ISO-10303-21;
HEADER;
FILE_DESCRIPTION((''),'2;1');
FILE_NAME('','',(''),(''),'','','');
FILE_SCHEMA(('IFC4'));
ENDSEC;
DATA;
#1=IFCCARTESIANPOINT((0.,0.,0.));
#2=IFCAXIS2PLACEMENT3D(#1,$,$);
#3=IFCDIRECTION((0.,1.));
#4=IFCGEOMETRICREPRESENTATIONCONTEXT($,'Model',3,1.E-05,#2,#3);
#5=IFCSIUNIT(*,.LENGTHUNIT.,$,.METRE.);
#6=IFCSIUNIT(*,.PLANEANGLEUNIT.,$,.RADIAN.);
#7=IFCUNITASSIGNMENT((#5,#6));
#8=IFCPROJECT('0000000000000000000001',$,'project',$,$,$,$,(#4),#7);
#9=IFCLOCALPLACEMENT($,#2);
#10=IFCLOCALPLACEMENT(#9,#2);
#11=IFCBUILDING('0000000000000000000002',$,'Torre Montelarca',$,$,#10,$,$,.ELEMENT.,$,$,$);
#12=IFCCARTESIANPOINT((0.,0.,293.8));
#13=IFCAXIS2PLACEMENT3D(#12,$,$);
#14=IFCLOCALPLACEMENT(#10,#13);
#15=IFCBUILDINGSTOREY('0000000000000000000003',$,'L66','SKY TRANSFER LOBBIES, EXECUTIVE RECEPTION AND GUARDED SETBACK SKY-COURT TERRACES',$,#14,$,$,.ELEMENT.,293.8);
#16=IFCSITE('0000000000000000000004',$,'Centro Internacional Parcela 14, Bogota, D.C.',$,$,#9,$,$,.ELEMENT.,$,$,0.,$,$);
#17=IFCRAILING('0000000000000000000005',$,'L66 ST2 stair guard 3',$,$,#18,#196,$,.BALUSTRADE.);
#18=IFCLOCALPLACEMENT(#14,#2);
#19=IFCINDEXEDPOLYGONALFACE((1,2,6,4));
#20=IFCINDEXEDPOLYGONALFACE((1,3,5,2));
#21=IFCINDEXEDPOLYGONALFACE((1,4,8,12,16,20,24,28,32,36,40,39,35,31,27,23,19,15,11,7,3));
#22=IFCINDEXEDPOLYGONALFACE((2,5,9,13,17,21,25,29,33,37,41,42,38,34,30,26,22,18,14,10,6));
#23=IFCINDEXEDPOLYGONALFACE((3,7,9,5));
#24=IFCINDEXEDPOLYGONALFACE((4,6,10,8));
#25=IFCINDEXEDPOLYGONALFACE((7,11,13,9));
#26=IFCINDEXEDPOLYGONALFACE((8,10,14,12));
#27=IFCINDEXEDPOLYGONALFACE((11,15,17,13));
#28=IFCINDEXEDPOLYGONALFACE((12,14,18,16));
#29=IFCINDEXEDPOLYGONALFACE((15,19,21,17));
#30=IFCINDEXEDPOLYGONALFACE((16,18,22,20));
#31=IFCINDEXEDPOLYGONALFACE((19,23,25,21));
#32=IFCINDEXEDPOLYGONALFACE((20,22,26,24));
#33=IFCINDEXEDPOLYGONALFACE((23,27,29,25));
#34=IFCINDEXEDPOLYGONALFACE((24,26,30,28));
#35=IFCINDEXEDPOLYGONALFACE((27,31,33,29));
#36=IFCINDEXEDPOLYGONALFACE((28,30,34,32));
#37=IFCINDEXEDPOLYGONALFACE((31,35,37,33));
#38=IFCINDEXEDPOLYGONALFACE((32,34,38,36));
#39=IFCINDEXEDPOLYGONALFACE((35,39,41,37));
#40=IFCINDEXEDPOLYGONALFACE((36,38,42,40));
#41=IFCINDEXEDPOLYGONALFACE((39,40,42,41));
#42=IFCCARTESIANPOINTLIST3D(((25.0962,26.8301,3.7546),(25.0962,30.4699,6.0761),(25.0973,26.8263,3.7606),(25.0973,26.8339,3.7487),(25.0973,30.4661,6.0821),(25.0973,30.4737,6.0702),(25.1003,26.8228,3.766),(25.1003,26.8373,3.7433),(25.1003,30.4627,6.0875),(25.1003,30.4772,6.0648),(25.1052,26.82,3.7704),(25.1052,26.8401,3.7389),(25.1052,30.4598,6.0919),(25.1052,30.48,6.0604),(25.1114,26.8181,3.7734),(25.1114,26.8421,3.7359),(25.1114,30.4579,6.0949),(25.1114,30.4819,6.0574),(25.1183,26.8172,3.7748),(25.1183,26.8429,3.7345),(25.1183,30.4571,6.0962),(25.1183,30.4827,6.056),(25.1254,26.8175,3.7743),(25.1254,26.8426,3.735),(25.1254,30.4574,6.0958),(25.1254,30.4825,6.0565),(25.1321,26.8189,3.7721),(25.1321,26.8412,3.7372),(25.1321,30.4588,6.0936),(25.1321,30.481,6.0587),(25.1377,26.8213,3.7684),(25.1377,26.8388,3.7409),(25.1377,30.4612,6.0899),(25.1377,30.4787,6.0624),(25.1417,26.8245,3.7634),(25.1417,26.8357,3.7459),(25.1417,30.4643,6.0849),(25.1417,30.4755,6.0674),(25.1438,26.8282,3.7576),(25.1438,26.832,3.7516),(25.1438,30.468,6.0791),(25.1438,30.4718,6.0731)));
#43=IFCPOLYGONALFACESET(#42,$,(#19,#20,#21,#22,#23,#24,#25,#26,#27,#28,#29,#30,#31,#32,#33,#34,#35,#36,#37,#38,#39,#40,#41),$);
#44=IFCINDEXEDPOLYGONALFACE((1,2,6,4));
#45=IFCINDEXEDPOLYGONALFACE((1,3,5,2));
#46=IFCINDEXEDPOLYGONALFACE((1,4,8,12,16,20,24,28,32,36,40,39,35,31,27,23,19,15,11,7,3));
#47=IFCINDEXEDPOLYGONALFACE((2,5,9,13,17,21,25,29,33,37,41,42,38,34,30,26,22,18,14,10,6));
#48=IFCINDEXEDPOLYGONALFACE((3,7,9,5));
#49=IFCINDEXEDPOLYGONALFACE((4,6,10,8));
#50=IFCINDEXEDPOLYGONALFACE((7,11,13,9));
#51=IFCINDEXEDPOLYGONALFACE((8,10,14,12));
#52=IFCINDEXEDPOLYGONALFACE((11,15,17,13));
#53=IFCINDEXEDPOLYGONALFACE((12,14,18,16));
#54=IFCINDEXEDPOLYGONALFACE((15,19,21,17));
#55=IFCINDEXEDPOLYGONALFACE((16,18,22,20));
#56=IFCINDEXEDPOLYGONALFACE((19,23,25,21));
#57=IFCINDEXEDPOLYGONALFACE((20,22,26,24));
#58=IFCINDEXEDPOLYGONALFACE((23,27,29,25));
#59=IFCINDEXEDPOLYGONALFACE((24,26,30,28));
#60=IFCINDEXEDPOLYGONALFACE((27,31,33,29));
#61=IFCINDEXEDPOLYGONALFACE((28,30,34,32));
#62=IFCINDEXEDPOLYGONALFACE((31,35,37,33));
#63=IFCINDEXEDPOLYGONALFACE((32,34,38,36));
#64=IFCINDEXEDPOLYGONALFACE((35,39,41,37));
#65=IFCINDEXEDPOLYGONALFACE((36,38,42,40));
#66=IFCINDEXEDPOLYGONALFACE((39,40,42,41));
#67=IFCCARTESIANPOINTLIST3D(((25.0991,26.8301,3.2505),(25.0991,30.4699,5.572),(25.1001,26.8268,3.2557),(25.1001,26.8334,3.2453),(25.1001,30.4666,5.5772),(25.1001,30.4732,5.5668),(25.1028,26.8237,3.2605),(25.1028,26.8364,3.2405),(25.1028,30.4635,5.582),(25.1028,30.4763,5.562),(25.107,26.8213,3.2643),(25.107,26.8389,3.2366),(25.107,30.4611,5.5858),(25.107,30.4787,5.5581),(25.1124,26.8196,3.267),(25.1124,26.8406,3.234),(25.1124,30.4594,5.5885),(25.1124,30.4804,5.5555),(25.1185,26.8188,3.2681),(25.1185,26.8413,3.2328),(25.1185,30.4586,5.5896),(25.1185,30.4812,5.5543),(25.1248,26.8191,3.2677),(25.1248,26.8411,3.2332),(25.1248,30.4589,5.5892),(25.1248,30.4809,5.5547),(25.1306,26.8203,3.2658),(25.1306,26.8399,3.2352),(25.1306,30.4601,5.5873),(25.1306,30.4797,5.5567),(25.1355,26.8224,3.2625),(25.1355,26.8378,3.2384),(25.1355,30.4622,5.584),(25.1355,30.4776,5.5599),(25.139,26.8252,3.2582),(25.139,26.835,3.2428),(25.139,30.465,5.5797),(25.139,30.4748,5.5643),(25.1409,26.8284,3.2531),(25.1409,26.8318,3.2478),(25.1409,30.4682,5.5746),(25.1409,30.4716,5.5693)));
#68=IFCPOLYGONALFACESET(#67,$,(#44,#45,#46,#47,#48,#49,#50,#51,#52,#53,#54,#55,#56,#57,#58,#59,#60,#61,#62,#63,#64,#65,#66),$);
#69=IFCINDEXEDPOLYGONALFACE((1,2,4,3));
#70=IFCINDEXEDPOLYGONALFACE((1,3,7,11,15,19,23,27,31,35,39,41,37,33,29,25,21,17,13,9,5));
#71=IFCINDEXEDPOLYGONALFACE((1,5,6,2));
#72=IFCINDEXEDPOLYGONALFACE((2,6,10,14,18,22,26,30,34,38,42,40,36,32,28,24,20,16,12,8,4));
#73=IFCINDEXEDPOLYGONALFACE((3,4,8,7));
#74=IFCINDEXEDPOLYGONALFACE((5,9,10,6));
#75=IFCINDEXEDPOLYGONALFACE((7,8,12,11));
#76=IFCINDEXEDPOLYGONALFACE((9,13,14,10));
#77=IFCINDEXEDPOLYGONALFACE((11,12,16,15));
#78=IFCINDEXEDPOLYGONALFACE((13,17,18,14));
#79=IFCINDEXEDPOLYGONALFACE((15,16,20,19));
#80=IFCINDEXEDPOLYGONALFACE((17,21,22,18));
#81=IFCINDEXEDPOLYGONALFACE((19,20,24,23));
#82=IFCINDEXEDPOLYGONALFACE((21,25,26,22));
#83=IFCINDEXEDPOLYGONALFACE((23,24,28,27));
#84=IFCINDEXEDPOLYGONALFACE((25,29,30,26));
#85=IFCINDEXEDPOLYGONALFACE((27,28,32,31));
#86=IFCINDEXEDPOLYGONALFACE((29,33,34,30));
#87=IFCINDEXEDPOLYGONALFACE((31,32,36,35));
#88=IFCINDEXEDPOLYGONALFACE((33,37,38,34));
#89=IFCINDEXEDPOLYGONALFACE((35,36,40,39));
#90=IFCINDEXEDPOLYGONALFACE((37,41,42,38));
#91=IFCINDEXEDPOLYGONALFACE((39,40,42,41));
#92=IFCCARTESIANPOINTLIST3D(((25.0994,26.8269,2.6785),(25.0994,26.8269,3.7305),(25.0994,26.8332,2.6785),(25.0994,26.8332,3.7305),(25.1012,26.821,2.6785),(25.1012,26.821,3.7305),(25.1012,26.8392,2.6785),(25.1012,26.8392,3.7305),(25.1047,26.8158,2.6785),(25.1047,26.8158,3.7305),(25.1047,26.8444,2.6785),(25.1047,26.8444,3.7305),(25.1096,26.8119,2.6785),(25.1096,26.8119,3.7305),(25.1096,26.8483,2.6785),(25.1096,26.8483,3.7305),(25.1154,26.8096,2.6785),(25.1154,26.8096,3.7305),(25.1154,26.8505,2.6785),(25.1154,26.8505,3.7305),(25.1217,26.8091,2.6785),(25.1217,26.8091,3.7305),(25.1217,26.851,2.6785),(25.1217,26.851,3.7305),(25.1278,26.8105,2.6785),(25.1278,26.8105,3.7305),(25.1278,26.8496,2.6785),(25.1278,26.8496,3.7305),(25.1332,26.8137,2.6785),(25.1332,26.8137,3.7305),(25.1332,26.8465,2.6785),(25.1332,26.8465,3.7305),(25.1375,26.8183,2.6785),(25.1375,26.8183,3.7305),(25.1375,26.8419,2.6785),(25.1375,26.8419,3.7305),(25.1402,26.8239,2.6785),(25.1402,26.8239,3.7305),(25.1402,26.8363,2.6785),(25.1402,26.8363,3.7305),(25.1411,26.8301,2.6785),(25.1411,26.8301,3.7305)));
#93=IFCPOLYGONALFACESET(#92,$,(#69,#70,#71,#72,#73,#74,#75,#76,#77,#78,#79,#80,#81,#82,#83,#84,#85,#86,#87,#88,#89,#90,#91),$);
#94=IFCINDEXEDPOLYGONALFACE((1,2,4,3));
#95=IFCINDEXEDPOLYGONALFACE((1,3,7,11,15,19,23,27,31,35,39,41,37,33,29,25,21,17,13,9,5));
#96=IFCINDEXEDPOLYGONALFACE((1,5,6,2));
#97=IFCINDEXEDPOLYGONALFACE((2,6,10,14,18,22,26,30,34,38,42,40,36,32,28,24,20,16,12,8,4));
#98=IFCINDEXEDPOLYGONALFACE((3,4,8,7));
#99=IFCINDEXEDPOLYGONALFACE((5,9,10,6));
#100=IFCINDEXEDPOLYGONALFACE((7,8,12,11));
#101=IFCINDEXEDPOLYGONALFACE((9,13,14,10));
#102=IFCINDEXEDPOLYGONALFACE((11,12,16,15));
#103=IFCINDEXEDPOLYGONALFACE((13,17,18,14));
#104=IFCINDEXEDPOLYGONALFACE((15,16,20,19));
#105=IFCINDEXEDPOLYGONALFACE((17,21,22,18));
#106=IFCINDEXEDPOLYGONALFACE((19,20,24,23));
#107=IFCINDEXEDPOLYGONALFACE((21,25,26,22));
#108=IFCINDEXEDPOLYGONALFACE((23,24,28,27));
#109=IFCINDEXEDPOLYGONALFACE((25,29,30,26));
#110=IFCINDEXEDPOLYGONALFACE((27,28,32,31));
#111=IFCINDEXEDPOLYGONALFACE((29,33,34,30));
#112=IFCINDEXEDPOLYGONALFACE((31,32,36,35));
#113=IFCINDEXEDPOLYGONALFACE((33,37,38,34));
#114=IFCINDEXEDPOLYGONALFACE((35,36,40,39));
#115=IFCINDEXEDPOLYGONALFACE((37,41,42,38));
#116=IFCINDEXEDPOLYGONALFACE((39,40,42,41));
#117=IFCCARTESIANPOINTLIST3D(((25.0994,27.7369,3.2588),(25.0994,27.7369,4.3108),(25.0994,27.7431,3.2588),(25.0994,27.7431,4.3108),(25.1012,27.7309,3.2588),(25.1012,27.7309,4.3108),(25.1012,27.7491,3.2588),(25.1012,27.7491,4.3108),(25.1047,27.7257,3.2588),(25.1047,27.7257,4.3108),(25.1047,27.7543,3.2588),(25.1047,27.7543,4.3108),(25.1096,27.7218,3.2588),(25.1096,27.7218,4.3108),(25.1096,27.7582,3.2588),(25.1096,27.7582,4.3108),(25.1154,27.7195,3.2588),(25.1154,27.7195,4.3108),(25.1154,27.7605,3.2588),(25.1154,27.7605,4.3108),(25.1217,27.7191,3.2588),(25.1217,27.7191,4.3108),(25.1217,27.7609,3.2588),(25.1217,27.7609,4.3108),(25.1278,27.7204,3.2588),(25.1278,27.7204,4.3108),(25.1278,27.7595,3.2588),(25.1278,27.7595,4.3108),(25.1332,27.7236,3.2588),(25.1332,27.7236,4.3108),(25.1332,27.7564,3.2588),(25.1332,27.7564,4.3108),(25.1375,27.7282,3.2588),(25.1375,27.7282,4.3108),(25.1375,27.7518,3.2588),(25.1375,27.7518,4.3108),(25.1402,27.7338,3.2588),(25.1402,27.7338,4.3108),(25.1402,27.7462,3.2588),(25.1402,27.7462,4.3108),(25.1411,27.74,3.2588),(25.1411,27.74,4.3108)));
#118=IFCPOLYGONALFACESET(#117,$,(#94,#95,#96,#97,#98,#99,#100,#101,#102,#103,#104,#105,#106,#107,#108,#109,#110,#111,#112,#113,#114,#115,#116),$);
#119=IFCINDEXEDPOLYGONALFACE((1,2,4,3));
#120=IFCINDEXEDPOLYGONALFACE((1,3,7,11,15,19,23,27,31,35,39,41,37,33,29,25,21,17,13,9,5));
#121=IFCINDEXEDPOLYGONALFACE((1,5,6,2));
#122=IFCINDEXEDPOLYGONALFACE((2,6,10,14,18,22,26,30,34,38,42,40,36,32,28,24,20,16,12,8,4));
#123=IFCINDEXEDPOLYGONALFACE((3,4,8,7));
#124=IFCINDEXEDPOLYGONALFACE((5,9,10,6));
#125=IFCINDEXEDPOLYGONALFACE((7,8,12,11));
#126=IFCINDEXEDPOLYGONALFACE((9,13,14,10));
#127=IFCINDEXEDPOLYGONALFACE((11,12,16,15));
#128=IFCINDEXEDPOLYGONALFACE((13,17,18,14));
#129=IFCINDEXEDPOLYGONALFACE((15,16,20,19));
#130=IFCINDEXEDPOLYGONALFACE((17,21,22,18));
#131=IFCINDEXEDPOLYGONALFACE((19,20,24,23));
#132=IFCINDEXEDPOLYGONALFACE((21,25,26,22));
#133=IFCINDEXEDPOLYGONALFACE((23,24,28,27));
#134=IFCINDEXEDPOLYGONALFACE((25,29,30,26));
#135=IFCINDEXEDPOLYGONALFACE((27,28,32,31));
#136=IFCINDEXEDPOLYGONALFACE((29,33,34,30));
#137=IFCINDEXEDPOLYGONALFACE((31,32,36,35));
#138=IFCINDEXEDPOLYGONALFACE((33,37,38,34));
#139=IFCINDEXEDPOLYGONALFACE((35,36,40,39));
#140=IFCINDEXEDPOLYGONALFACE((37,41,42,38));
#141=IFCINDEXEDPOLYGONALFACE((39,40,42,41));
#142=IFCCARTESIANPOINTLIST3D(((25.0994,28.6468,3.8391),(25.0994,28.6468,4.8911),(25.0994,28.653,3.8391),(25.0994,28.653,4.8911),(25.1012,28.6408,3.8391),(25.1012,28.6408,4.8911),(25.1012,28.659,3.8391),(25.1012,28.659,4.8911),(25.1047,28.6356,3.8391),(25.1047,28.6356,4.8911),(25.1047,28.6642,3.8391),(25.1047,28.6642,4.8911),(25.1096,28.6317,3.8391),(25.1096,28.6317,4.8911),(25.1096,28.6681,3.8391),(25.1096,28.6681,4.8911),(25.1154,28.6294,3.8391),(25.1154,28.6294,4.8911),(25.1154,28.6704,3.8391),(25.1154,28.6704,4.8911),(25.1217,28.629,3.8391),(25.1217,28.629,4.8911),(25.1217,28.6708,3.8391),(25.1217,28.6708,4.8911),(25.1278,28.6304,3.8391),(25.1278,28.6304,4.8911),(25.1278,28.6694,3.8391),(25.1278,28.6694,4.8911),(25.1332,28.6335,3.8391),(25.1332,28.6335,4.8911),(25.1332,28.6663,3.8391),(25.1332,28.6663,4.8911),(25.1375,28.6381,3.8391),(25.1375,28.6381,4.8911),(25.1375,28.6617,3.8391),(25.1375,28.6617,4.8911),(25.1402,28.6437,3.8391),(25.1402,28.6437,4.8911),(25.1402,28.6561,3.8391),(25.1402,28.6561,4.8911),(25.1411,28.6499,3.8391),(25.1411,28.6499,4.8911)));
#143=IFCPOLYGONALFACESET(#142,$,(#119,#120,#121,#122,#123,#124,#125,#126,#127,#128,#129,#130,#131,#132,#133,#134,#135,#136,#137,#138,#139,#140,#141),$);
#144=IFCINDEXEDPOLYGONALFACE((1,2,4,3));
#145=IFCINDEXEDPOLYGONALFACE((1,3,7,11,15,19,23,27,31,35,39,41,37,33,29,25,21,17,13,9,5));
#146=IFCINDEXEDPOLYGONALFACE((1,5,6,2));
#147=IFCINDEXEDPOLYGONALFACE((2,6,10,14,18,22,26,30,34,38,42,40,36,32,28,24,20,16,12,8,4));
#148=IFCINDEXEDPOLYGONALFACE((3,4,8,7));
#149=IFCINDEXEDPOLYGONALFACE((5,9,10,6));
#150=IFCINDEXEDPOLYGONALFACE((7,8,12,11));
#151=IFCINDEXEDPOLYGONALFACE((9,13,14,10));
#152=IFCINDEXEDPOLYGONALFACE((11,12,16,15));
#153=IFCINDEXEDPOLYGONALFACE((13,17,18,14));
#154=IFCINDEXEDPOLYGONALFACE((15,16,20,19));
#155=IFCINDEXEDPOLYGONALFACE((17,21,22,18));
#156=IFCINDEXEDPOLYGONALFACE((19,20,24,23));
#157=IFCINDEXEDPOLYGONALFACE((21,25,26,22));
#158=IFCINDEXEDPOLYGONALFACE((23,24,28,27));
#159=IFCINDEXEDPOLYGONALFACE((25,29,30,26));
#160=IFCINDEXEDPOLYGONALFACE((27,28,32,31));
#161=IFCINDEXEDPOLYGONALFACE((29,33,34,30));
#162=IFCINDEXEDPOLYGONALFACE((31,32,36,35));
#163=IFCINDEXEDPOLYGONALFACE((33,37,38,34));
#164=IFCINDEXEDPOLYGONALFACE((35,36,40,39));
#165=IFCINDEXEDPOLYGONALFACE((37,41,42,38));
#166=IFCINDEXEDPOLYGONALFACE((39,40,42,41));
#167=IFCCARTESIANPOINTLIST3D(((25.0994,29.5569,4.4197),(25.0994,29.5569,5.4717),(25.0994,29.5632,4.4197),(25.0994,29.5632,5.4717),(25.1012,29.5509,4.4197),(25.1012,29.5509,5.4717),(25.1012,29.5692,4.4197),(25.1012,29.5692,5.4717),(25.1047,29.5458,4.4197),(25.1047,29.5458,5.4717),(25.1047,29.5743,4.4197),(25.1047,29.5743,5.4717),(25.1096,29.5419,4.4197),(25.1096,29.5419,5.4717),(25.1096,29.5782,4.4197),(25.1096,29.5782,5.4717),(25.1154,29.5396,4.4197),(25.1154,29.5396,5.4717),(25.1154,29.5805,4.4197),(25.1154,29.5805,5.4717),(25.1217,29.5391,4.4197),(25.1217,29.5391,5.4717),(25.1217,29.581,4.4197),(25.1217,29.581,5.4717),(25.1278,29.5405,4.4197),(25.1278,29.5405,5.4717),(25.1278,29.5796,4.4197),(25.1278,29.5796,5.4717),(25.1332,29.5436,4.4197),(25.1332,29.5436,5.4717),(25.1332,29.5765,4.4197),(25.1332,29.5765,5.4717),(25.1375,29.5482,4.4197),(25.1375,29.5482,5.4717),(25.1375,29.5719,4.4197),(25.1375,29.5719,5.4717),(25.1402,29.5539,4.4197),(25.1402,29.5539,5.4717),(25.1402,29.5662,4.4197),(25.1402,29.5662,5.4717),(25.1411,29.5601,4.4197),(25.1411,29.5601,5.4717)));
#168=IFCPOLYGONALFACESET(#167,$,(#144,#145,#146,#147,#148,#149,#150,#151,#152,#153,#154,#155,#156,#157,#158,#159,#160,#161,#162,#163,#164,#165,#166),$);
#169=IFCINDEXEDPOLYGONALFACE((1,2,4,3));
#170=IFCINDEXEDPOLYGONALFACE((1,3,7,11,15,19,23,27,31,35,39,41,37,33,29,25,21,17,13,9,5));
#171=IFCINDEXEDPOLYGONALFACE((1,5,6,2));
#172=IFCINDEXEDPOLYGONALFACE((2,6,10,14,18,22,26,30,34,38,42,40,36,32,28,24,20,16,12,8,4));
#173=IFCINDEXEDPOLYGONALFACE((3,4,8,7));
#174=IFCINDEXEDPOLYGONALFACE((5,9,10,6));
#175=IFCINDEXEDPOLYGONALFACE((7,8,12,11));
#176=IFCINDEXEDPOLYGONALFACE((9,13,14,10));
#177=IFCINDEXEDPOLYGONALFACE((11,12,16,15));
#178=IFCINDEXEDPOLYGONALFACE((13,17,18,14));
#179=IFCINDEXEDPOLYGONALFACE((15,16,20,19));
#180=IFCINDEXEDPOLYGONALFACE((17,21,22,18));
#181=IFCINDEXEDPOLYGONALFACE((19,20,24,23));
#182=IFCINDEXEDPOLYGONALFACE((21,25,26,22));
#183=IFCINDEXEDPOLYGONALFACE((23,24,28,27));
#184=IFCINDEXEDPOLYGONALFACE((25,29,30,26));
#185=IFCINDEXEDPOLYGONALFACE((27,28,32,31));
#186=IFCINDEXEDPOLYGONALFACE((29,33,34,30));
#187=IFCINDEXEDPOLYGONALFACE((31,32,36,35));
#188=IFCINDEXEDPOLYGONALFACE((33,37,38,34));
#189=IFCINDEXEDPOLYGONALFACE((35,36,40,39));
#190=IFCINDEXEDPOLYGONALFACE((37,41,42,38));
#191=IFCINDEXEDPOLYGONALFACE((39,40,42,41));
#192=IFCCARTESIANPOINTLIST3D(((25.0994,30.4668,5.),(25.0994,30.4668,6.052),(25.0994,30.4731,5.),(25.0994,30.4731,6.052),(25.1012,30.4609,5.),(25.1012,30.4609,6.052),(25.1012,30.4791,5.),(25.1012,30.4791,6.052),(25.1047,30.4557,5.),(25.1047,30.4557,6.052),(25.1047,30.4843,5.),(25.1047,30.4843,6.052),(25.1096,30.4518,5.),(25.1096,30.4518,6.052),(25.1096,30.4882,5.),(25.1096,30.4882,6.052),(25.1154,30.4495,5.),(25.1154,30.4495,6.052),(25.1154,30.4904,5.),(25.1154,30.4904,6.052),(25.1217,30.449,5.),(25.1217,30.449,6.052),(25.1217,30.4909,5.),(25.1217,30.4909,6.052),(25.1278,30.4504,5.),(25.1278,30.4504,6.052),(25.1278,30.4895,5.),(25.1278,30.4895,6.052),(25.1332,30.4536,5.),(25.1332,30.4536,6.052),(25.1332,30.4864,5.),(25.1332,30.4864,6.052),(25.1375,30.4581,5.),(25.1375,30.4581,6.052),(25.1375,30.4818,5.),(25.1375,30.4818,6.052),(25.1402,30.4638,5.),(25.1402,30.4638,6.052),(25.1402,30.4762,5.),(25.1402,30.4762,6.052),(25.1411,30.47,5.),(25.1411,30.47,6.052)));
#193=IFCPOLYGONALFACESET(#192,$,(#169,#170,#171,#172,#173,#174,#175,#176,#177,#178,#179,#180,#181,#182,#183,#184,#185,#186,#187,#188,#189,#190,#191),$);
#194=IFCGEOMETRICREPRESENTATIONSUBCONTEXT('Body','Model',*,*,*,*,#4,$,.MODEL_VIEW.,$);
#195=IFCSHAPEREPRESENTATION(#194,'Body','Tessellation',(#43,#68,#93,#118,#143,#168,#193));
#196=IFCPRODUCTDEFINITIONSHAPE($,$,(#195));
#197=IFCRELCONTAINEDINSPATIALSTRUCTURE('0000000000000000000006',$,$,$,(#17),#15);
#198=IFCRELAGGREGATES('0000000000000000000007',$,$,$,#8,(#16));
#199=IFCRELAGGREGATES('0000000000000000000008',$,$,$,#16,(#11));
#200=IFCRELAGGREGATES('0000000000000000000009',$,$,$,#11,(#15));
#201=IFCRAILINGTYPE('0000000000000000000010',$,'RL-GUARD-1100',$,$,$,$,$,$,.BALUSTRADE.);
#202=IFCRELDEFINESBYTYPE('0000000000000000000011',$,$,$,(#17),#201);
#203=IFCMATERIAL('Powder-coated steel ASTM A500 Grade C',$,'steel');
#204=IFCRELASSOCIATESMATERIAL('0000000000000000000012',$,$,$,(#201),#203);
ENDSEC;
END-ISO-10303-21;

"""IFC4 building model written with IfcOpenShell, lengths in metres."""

from ifc_helpers import new_model, si_unit, direction, frame, origin, origin_2d, place, context, subcontext, project, spatial, circle, extrude, material, type_object, element, save


model = new_model("IFC4")

# Units and contexts
model_context = context("Model", 3, precision=1e-05, world=origin(), true_north=direction((0.0, 1.0)))
body_context = subcontext(model_context, "Body", "Model", "MODEL_VIEW")
ifc_project = project(units=[si_unit("LENGTHUNIT", "METRE"), si_unit("PLANEANGLEUNIT", "RADIAN")], contexts=[model_context])

# Site, building, storey
site_placement = place(None, origin())
site = spatial("IfcSite", under=ifc_project, at=site_placement, Name="Centro Internacional Parcela 14, Bogota, D.C.", CompositionType="ELEMENT", RefElevation=0.0)
building_placement = place(site_placement, origin())
building = spatial("IfcBuilding", under=site, at=building_placement, Name="Torre Montelarca", CompositionType="ELEMENT")
storey_placement = place(building_placement, frame((0.0, 0.0, 293.8)))
storey = spatial("IfcBuildingStorey", under=building, at=storey_placement, Name="L66", Description="SKY TRANSFER LOBBIES, EXECUTIVE RECEPTION AND GUARDED SETBACK SKY-COURT TERRACES", CompositionType="ELEMENT", Elevation=293.8)

# Railing
ifc_material_1 = material(Name="Powder-coated steel ASTM A500 Grade C", Category="steel")
railing_type_1 = type_object("IfcRailingType", Name="RL-GUARD-1100", PredefinedType="BALUSTRADE", material=ifc_material_1)
railing_1_placement = place(storey_placement, frame((25.1201, 26.8301, 2.6785)))
element("IfcRailing", 1, at=railing_1_placement, inside=storey, type_object=railing_type_1, Name="L66 ST2 stair guard 3", PredefinedType="BALUSTRADE", context=body_context, shape_type="SweptSolid", body=[
    extrude(circle(Radius=0.0239, at=origin_2d()), frame((0.0, 0.0, 1.0762), z_axis=(0.0, 0.843112, 0.537739), x_axis=(-1.0, 0.0, 0.0)), (0.0, 0.0, 1.0), 4.3171),
    extrude(circle(Radius=0.021, at=origin_2d()), frame((0.0, 0.0, 0.572), z_axis=(0.0, 0.843112, 0.537739), x_axis=(-1.0, 0.0, 0.0)), (0.0, 0.0, 1.0), 4.3171),
    extrude(circle(Radius=0.021, at=origin_2d()), origin(), (0.0, 0.0, 1.0), 1.052),
    extrude(circle(Radius=0.021, at=origin_2d()), frame((0.0, 0.9099, 0.5803)), (0.0, 0.0, 1.0), 1.052),
    extrude(circle(Radius=0.021, at=origin_2d()), frame((0.0, 1.8198, 1.1606)), (0.0, 0.0, 1.0), 1.052),
    extrude(circle(Radius=0.021, at=origin_2d()), frame((0.0, 2.73, 1.7412)), (0.0, 0.0, 1.0), 1.052),
    extrude(circle(Radius=0.021, at=origin_2d()), frame((0.0, 3.6399, 2.3215)), (0.0, 0.0, 1.0), 1.052),
])

save(model, "model.ifc")
